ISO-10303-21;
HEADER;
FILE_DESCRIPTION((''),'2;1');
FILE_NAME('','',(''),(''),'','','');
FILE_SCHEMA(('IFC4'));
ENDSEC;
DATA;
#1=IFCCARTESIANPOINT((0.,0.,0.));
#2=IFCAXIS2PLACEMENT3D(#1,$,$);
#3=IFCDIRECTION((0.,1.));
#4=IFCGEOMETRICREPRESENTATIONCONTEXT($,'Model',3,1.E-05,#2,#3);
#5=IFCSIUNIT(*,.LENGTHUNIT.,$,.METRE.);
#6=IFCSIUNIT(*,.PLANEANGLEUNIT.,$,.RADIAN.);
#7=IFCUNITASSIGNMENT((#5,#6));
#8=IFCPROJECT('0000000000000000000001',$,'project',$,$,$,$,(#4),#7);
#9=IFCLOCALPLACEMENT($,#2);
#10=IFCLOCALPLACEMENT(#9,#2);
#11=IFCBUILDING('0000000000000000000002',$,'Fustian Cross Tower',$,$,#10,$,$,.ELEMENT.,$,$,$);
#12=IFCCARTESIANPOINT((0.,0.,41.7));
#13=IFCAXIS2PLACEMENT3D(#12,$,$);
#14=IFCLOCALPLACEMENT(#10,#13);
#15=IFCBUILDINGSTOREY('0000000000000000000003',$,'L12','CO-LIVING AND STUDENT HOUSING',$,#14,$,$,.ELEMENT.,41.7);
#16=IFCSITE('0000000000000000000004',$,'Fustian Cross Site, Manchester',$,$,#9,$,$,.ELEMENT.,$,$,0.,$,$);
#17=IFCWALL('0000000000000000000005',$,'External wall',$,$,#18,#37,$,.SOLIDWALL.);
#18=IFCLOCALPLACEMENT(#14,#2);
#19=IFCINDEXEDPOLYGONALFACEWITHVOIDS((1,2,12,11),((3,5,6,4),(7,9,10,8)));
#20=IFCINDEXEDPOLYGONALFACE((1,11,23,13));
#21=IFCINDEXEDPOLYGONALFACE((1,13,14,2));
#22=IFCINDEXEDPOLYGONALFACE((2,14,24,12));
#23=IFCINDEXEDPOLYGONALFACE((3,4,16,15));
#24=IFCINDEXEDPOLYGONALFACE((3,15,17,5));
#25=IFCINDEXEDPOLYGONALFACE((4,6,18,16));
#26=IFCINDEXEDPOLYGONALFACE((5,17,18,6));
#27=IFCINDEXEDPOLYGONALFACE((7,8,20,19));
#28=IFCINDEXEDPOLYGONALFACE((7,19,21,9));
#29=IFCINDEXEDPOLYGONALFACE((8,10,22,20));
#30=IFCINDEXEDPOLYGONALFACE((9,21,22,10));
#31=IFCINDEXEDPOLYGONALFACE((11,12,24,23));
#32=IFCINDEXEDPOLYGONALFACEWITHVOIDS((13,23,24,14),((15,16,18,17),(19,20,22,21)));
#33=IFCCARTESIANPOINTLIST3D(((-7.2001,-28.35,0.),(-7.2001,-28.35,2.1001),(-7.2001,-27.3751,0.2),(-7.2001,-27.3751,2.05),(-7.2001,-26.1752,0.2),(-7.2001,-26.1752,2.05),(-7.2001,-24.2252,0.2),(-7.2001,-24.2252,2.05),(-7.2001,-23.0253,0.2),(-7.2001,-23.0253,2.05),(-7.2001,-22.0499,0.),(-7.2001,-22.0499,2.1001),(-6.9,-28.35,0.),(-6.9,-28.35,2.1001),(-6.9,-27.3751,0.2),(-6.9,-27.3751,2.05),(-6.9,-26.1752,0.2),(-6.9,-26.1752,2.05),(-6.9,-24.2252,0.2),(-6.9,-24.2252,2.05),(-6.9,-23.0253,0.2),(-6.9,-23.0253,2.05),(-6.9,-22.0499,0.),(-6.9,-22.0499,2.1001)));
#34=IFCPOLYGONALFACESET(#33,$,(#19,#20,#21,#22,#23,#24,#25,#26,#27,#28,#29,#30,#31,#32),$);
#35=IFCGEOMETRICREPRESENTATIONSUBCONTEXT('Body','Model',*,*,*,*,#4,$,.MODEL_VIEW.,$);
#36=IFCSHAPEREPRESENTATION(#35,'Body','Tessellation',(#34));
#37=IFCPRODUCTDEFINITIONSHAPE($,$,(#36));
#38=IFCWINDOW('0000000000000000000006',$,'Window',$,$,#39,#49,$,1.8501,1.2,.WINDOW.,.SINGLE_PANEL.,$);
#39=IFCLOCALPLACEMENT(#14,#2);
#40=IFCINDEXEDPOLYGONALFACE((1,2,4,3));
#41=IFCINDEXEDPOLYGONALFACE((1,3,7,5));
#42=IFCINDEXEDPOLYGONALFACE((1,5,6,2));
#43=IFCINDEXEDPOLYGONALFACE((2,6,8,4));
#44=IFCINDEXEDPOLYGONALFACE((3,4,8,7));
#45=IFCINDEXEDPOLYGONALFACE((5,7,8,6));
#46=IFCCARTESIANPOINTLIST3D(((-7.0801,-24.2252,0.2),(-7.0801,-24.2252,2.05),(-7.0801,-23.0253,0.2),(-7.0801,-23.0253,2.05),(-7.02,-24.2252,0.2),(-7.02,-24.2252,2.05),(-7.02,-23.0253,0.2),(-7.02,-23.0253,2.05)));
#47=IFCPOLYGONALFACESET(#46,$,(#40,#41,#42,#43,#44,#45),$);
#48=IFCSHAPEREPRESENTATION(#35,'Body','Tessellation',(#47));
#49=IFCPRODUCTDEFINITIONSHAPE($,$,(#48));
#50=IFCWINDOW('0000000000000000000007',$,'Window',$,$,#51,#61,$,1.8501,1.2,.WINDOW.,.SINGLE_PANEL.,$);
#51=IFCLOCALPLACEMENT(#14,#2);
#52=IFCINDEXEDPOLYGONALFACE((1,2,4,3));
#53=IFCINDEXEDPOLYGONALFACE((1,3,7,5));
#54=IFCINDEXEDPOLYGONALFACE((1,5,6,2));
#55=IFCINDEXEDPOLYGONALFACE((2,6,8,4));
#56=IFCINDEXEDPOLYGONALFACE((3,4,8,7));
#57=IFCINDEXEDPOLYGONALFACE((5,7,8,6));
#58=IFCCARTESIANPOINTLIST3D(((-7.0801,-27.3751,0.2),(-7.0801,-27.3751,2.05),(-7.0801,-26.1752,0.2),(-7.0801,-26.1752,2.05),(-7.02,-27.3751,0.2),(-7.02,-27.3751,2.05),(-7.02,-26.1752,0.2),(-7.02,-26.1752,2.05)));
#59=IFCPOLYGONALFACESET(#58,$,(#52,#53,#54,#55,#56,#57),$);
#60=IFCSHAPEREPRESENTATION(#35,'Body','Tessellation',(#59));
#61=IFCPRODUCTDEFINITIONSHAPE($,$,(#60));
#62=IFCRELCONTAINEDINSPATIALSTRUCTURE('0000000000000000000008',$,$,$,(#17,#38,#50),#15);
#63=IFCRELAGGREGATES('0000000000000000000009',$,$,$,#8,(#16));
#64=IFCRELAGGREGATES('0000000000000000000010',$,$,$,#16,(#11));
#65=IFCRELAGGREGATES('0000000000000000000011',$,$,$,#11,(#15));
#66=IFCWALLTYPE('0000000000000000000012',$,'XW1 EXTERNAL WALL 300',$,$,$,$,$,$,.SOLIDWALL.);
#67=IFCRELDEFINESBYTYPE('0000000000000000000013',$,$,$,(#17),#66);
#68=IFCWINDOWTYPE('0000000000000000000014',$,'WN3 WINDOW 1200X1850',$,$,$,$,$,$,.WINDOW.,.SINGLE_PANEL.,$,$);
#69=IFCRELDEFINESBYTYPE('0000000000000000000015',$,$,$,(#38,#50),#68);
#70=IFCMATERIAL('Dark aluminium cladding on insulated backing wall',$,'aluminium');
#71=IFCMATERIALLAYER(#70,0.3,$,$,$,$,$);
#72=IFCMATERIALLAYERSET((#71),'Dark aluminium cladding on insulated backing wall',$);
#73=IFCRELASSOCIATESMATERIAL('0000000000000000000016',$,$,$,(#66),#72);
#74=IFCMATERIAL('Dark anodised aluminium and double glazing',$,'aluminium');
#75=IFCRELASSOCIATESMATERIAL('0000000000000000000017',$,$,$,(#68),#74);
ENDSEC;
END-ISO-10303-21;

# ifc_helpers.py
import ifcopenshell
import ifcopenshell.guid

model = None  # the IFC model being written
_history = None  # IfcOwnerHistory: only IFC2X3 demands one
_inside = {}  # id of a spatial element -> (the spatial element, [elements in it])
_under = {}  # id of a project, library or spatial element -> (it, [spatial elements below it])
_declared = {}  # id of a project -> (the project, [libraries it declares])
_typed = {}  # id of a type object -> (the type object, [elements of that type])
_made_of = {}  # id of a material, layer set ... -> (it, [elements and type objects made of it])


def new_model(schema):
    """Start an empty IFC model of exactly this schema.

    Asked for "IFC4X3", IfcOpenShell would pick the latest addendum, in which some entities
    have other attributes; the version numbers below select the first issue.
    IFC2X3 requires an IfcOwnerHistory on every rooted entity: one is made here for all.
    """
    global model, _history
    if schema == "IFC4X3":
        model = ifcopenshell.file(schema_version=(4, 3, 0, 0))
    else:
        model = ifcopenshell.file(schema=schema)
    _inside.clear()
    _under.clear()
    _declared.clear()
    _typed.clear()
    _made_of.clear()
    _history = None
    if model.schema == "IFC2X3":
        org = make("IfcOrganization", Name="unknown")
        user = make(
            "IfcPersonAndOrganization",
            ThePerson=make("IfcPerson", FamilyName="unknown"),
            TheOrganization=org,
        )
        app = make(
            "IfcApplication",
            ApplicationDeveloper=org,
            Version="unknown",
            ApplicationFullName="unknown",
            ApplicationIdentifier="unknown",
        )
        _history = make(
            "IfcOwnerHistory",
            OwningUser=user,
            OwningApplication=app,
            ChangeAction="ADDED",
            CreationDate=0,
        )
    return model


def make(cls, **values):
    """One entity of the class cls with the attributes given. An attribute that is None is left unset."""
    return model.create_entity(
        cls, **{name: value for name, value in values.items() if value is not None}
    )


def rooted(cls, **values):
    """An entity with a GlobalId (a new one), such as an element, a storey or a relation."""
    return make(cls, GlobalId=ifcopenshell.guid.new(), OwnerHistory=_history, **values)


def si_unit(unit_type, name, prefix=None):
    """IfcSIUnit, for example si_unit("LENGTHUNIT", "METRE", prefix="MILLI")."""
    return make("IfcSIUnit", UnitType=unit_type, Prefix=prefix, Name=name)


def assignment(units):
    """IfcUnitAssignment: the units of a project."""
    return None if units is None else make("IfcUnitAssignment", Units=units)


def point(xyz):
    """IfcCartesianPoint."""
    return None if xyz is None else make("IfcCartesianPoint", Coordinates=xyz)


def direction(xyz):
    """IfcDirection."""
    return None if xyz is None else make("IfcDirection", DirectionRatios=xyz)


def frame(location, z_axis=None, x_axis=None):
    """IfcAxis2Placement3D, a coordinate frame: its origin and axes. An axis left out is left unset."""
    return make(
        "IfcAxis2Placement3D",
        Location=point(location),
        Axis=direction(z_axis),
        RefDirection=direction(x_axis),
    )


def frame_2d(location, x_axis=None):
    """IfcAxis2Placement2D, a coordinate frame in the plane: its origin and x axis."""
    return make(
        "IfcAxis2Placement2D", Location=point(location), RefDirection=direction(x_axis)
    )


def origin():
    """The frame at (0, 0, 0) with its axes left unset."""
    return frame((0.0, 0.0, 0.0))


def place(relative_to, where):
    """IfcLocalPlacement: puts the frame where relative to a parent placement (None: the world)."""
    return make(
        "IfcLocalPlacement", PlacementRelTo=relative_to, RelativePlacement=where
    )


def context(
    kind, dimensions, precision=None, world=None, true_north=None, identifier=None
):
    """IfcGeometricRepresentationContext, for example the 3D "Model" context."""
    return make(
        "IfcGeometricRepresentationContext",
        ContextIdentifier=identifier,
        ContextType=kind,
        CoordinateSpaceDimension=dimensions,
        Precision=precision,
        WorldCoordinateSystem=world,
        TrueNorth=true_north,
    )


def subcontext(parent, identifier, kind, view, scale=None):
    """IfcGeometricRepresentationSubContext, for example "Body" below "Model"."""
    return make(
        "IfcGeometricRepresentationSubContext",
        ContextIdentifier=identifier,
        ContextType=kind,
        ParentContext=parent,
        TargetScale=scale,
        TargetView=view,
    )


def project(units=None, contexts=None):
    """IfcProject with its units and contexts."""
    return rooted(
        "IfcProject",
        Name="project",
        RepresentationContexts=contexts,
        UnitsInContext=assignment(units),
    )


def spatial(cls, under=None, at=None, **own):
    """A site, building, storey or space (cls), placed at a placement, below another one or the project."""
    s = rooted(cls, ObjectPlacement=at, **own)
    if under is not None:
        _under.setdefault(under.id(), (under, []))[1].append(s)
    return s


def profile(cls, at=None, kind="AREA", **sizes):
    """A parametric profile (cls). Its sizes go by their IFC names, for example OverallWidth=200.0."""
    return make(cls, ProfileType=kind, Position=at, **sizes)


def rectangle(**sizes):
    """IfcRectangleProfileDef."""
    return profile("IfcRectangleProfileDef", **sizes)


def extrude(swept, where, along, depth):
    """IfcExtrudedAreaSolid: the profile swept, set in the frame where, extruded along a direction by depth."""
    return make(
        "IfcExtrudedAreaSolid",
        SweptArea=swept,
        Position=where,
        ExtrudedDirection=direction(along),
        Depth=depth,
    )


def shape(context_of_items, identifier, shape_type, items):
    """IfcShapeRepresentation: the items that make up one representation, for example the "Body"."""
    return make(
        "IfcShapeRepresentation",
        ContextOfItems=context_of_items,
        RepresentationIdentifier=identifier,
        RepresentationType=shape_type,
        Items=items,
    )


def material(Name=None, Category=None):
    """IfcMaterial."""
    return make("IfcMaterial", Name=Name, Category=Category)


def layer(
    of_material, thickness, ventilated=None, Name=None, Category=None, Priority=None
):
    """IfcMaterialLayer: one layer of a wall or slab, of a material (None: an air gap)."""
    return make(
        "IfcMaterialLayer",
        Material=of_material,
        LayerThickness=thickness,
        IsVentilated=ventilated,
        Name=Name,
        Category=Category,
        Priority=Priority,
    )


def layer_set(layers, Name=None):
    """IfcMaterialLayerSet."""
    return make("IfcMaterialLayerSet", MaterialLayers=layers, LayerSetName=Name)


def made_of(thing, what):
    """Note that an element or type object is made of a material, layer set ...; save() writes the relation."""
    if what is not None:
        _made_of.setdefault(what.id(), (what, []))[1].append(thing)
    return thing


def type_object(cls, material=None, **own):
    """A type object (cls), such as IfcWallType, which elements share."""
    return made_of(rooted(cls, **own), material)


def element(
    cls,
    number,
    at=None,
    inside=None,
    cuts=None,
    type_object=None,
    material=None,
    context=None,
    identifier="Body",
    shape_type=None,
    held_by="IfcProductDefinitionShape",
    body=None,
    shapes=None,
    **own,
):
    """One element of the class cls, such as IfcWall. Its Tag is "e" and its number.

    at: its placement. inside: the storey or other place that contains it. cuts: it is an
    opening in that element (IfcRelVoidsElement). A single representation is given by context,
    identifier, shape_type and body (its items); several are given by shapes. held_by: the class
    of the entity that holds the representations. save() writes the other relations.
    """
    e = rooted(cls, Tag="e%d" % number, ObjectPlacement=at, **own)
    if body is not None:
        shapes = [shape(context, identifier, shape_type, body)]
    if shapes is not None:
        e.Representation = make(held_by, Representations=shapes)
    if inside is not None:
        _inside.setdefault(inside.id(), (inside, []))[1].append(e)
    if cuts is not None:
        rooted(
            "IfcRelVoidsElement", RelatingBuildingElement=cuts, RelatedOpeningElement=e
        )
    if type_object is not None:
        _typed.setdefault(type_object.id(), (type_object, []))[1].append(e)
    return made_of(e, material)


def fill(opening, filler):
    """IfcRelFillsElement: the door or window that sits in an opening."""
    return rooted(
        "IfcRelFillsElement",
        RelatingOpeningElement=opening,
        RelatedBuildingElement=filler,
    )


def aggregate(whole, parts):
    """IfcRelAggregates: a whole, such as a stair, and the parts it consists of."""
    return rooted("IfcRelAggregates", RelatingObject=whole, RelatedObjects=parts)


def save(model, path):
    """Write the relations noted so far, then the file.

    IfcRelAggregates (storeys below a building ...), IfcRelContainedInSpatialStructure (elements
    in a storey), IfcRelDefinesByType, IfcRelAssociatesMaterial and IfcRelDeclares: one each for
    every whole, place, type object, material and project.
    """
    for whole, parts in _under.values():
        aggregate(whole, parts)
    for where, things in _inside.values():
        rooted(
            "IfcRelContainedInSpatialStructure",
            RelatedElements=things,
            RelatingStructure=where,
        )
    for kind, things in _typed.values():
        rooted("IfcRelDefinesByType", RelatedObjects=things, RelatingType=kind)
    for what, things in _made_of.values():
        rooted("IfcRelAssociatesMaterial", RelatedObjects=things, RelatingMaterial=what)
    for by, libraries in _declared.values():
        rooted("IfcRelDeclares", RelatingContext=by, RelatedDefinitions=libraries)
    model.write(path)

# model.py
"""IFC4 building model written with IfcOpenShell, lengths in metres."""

from ifc_helpers import new_model, si_unit, direction, frame, frame_2d, origin, place, context, subcontext, project, spatial, rectangle, extrude, material, layer, layer_set, type_object, element, fill, save


model = new_model("IFC4")

# Units and contexts
model_context = context("Model", 3, precision=1e-05, world=origin(), true_north=direction((0.0, 1.0)))
body_context = subcontext(model_context, "Body", "Model", "MODEL_VIEW")
ifc_project = project(units=[si_unit("LENGTHUNIT", "METRE"), si_unit("PLANEANGLEUNIT", "RADIAN")], contexts=[model_context])

# Site, building, storey
site_placement = place(None, origin())
site = spatial("IfcSite", under=ifc_project, at=site_placement, Name="Fustian Cross Site, Manchester", CompositionType="ELEMENT", RefElevation=0.0)
building_placement = place(site_placement, origin())
building = spatial("IfcBuilding", under=site, at=building_placement, Name="Fustian Cross Tower", CompositionType="ELEMENT")
storey_placement = place(building_placement, frame((0.0, 0.0, 41.7)))
storey = spatial("IfcBuildingStorey", under=building, at=storey_placement, Name="L12", Description="CO-LIVING AND STUDENT HOUSING", CompositionType="ELEMENT", Elevation=41.7)

# Shared definitions
ifc_material_1 = material(Name="Dark aluminium cladding on insulated backing wall", Category="aluminium")
ifc_layer_1 = layer(ifc_material_1, 0.3)
ifc_layer_set_1 = layer_set([ifc_layer_1], Name="Dark aluminium cladding on insulated backing wall")
wall_type_1 = type_object("IfcWallType", Name="XW1 EXTERNAL WALL 300", PredefinedType="SOLIDWALL", material=ifc_layer_set_1)

# Shared definitions
ifc_material_2 = material(Name="Dark anodised aluminium and double glazing", Category="aluminium")
window_type = type_object("IfcWindowType", Name="WN3 WINDOW 1200X1850", PartitioningType="SINGLE_PANEL", PredefinedType="WINDOW", material=ifc_material_2)

# Wall, openings, windows
wall_1_placement = place(storey_placement, frame((-7.05, -22.05, 0.0), z_axis=(0.0, 0.0, 1.0), x_axis=(0.0, -1.0, 0.0)))
wall_1 = element("IfcWall", 1, at=wall_1_placement, inside=storey, type_object=wall_type_1, Name="External wall", PredefinedType="SOLIDWALL", context=body_context, shape_type="SweptSolid", body=[
    extrude(rectangle(XDim=6.3, YDim=0.3, at=frame_2d((3.1499, 0.0))), origin(), (0.0, 0.0, 1.0), 2.1001),
])
opening_1_placement = place(wall_1_placement, frame((0.9751, 0.0, 0.2)))
opening_1 = element("IfcOpeningElement", 2, at=opening_1_placement, cuts=wall_1, PredefinedType="OPENING", context=body_context, shape_type="SweptSolid", body=[
    extrude(rectangle(XDim=1.2, YDim=1.8501, at=frame_2d((0.6001, 0.925))), frame((0.0, 0.1599, 0.0), z_axis=(0.0, -1.0, 0.0), x_axis=(1.0, 0.0, 0.0)), (0.0, 0.0, 1.0), 0.3201),
])
opening_2_placement = place(wall_1_placement, frame((4.125, 0.0, 0.2)))
opening_2 = element("IfcOpeningElement", 3, at=opening_2_placement, cuts=wall_1, PredefinedType="OPENING", context=body_context, shape_type="SweptSolid", body=[
    extrude(rectangle(XDim=1.2, YDim=1.8501, at=frame_2d((0.6001, 0.925))), frame((0.0, 0.1599, 0.0), z_axis=(0.0, -1.0, 0.0), x_axis=(1.0, 0.0, 0.0)), (0.0, 0.0, 1.0), 0.3201),
])
window_1_placement = place(opening_1_placement, origin())
window_1 = element("IfcWindow", 4, at=window_1_placement, inside=storey, type_object=window_type, Name="Window", OverallHeight=1.8501, OverallWidth=1.2, PartitioningType="SINGLE_PANEL", PredefinedType="WINDOW", context=body_context, shape_type="SweptSolid", body=[
    extrude(rectangle(XDim=1.2, YDim=1.8501, at=frame_2d((0.6001, 0.925))), frame((0.0, 0.03, 0.0), z_axis=(0.0, -1.0, 0.0), x_axis=(1.0, 0.0, 0.0)), (0.0, 0.0, 1.0), 0.0601),
])
fill(opening_1, window_1)
window_2_placement = place(opening_2_placement, origin())
window_2 = element("IfcWindow", 5, at=window_2_placement, inside=storey, type_object=window_type, Name="Window", OverallHeight=1.8501, OverallWidth=1.2, PartitioningType="SINGLE_PANEL", PredefinedType="WINDOW", context=body_context, shape_type="SweptSolid", body=[
    extrude(rectangle(XDim=1.2, YDim=1.8501, at=frame_2d((0.6001, 0.925))), frame((0.0, 0.03, 0.0), z_axis=(0.0, -1.0, 0.0), x_axis=(1.0, 0.0, 0.0)), (0.0, 0.0, 1.0), 0.0601),
])
fill(opening_2, window_2)

save(model, "model.ifc")
